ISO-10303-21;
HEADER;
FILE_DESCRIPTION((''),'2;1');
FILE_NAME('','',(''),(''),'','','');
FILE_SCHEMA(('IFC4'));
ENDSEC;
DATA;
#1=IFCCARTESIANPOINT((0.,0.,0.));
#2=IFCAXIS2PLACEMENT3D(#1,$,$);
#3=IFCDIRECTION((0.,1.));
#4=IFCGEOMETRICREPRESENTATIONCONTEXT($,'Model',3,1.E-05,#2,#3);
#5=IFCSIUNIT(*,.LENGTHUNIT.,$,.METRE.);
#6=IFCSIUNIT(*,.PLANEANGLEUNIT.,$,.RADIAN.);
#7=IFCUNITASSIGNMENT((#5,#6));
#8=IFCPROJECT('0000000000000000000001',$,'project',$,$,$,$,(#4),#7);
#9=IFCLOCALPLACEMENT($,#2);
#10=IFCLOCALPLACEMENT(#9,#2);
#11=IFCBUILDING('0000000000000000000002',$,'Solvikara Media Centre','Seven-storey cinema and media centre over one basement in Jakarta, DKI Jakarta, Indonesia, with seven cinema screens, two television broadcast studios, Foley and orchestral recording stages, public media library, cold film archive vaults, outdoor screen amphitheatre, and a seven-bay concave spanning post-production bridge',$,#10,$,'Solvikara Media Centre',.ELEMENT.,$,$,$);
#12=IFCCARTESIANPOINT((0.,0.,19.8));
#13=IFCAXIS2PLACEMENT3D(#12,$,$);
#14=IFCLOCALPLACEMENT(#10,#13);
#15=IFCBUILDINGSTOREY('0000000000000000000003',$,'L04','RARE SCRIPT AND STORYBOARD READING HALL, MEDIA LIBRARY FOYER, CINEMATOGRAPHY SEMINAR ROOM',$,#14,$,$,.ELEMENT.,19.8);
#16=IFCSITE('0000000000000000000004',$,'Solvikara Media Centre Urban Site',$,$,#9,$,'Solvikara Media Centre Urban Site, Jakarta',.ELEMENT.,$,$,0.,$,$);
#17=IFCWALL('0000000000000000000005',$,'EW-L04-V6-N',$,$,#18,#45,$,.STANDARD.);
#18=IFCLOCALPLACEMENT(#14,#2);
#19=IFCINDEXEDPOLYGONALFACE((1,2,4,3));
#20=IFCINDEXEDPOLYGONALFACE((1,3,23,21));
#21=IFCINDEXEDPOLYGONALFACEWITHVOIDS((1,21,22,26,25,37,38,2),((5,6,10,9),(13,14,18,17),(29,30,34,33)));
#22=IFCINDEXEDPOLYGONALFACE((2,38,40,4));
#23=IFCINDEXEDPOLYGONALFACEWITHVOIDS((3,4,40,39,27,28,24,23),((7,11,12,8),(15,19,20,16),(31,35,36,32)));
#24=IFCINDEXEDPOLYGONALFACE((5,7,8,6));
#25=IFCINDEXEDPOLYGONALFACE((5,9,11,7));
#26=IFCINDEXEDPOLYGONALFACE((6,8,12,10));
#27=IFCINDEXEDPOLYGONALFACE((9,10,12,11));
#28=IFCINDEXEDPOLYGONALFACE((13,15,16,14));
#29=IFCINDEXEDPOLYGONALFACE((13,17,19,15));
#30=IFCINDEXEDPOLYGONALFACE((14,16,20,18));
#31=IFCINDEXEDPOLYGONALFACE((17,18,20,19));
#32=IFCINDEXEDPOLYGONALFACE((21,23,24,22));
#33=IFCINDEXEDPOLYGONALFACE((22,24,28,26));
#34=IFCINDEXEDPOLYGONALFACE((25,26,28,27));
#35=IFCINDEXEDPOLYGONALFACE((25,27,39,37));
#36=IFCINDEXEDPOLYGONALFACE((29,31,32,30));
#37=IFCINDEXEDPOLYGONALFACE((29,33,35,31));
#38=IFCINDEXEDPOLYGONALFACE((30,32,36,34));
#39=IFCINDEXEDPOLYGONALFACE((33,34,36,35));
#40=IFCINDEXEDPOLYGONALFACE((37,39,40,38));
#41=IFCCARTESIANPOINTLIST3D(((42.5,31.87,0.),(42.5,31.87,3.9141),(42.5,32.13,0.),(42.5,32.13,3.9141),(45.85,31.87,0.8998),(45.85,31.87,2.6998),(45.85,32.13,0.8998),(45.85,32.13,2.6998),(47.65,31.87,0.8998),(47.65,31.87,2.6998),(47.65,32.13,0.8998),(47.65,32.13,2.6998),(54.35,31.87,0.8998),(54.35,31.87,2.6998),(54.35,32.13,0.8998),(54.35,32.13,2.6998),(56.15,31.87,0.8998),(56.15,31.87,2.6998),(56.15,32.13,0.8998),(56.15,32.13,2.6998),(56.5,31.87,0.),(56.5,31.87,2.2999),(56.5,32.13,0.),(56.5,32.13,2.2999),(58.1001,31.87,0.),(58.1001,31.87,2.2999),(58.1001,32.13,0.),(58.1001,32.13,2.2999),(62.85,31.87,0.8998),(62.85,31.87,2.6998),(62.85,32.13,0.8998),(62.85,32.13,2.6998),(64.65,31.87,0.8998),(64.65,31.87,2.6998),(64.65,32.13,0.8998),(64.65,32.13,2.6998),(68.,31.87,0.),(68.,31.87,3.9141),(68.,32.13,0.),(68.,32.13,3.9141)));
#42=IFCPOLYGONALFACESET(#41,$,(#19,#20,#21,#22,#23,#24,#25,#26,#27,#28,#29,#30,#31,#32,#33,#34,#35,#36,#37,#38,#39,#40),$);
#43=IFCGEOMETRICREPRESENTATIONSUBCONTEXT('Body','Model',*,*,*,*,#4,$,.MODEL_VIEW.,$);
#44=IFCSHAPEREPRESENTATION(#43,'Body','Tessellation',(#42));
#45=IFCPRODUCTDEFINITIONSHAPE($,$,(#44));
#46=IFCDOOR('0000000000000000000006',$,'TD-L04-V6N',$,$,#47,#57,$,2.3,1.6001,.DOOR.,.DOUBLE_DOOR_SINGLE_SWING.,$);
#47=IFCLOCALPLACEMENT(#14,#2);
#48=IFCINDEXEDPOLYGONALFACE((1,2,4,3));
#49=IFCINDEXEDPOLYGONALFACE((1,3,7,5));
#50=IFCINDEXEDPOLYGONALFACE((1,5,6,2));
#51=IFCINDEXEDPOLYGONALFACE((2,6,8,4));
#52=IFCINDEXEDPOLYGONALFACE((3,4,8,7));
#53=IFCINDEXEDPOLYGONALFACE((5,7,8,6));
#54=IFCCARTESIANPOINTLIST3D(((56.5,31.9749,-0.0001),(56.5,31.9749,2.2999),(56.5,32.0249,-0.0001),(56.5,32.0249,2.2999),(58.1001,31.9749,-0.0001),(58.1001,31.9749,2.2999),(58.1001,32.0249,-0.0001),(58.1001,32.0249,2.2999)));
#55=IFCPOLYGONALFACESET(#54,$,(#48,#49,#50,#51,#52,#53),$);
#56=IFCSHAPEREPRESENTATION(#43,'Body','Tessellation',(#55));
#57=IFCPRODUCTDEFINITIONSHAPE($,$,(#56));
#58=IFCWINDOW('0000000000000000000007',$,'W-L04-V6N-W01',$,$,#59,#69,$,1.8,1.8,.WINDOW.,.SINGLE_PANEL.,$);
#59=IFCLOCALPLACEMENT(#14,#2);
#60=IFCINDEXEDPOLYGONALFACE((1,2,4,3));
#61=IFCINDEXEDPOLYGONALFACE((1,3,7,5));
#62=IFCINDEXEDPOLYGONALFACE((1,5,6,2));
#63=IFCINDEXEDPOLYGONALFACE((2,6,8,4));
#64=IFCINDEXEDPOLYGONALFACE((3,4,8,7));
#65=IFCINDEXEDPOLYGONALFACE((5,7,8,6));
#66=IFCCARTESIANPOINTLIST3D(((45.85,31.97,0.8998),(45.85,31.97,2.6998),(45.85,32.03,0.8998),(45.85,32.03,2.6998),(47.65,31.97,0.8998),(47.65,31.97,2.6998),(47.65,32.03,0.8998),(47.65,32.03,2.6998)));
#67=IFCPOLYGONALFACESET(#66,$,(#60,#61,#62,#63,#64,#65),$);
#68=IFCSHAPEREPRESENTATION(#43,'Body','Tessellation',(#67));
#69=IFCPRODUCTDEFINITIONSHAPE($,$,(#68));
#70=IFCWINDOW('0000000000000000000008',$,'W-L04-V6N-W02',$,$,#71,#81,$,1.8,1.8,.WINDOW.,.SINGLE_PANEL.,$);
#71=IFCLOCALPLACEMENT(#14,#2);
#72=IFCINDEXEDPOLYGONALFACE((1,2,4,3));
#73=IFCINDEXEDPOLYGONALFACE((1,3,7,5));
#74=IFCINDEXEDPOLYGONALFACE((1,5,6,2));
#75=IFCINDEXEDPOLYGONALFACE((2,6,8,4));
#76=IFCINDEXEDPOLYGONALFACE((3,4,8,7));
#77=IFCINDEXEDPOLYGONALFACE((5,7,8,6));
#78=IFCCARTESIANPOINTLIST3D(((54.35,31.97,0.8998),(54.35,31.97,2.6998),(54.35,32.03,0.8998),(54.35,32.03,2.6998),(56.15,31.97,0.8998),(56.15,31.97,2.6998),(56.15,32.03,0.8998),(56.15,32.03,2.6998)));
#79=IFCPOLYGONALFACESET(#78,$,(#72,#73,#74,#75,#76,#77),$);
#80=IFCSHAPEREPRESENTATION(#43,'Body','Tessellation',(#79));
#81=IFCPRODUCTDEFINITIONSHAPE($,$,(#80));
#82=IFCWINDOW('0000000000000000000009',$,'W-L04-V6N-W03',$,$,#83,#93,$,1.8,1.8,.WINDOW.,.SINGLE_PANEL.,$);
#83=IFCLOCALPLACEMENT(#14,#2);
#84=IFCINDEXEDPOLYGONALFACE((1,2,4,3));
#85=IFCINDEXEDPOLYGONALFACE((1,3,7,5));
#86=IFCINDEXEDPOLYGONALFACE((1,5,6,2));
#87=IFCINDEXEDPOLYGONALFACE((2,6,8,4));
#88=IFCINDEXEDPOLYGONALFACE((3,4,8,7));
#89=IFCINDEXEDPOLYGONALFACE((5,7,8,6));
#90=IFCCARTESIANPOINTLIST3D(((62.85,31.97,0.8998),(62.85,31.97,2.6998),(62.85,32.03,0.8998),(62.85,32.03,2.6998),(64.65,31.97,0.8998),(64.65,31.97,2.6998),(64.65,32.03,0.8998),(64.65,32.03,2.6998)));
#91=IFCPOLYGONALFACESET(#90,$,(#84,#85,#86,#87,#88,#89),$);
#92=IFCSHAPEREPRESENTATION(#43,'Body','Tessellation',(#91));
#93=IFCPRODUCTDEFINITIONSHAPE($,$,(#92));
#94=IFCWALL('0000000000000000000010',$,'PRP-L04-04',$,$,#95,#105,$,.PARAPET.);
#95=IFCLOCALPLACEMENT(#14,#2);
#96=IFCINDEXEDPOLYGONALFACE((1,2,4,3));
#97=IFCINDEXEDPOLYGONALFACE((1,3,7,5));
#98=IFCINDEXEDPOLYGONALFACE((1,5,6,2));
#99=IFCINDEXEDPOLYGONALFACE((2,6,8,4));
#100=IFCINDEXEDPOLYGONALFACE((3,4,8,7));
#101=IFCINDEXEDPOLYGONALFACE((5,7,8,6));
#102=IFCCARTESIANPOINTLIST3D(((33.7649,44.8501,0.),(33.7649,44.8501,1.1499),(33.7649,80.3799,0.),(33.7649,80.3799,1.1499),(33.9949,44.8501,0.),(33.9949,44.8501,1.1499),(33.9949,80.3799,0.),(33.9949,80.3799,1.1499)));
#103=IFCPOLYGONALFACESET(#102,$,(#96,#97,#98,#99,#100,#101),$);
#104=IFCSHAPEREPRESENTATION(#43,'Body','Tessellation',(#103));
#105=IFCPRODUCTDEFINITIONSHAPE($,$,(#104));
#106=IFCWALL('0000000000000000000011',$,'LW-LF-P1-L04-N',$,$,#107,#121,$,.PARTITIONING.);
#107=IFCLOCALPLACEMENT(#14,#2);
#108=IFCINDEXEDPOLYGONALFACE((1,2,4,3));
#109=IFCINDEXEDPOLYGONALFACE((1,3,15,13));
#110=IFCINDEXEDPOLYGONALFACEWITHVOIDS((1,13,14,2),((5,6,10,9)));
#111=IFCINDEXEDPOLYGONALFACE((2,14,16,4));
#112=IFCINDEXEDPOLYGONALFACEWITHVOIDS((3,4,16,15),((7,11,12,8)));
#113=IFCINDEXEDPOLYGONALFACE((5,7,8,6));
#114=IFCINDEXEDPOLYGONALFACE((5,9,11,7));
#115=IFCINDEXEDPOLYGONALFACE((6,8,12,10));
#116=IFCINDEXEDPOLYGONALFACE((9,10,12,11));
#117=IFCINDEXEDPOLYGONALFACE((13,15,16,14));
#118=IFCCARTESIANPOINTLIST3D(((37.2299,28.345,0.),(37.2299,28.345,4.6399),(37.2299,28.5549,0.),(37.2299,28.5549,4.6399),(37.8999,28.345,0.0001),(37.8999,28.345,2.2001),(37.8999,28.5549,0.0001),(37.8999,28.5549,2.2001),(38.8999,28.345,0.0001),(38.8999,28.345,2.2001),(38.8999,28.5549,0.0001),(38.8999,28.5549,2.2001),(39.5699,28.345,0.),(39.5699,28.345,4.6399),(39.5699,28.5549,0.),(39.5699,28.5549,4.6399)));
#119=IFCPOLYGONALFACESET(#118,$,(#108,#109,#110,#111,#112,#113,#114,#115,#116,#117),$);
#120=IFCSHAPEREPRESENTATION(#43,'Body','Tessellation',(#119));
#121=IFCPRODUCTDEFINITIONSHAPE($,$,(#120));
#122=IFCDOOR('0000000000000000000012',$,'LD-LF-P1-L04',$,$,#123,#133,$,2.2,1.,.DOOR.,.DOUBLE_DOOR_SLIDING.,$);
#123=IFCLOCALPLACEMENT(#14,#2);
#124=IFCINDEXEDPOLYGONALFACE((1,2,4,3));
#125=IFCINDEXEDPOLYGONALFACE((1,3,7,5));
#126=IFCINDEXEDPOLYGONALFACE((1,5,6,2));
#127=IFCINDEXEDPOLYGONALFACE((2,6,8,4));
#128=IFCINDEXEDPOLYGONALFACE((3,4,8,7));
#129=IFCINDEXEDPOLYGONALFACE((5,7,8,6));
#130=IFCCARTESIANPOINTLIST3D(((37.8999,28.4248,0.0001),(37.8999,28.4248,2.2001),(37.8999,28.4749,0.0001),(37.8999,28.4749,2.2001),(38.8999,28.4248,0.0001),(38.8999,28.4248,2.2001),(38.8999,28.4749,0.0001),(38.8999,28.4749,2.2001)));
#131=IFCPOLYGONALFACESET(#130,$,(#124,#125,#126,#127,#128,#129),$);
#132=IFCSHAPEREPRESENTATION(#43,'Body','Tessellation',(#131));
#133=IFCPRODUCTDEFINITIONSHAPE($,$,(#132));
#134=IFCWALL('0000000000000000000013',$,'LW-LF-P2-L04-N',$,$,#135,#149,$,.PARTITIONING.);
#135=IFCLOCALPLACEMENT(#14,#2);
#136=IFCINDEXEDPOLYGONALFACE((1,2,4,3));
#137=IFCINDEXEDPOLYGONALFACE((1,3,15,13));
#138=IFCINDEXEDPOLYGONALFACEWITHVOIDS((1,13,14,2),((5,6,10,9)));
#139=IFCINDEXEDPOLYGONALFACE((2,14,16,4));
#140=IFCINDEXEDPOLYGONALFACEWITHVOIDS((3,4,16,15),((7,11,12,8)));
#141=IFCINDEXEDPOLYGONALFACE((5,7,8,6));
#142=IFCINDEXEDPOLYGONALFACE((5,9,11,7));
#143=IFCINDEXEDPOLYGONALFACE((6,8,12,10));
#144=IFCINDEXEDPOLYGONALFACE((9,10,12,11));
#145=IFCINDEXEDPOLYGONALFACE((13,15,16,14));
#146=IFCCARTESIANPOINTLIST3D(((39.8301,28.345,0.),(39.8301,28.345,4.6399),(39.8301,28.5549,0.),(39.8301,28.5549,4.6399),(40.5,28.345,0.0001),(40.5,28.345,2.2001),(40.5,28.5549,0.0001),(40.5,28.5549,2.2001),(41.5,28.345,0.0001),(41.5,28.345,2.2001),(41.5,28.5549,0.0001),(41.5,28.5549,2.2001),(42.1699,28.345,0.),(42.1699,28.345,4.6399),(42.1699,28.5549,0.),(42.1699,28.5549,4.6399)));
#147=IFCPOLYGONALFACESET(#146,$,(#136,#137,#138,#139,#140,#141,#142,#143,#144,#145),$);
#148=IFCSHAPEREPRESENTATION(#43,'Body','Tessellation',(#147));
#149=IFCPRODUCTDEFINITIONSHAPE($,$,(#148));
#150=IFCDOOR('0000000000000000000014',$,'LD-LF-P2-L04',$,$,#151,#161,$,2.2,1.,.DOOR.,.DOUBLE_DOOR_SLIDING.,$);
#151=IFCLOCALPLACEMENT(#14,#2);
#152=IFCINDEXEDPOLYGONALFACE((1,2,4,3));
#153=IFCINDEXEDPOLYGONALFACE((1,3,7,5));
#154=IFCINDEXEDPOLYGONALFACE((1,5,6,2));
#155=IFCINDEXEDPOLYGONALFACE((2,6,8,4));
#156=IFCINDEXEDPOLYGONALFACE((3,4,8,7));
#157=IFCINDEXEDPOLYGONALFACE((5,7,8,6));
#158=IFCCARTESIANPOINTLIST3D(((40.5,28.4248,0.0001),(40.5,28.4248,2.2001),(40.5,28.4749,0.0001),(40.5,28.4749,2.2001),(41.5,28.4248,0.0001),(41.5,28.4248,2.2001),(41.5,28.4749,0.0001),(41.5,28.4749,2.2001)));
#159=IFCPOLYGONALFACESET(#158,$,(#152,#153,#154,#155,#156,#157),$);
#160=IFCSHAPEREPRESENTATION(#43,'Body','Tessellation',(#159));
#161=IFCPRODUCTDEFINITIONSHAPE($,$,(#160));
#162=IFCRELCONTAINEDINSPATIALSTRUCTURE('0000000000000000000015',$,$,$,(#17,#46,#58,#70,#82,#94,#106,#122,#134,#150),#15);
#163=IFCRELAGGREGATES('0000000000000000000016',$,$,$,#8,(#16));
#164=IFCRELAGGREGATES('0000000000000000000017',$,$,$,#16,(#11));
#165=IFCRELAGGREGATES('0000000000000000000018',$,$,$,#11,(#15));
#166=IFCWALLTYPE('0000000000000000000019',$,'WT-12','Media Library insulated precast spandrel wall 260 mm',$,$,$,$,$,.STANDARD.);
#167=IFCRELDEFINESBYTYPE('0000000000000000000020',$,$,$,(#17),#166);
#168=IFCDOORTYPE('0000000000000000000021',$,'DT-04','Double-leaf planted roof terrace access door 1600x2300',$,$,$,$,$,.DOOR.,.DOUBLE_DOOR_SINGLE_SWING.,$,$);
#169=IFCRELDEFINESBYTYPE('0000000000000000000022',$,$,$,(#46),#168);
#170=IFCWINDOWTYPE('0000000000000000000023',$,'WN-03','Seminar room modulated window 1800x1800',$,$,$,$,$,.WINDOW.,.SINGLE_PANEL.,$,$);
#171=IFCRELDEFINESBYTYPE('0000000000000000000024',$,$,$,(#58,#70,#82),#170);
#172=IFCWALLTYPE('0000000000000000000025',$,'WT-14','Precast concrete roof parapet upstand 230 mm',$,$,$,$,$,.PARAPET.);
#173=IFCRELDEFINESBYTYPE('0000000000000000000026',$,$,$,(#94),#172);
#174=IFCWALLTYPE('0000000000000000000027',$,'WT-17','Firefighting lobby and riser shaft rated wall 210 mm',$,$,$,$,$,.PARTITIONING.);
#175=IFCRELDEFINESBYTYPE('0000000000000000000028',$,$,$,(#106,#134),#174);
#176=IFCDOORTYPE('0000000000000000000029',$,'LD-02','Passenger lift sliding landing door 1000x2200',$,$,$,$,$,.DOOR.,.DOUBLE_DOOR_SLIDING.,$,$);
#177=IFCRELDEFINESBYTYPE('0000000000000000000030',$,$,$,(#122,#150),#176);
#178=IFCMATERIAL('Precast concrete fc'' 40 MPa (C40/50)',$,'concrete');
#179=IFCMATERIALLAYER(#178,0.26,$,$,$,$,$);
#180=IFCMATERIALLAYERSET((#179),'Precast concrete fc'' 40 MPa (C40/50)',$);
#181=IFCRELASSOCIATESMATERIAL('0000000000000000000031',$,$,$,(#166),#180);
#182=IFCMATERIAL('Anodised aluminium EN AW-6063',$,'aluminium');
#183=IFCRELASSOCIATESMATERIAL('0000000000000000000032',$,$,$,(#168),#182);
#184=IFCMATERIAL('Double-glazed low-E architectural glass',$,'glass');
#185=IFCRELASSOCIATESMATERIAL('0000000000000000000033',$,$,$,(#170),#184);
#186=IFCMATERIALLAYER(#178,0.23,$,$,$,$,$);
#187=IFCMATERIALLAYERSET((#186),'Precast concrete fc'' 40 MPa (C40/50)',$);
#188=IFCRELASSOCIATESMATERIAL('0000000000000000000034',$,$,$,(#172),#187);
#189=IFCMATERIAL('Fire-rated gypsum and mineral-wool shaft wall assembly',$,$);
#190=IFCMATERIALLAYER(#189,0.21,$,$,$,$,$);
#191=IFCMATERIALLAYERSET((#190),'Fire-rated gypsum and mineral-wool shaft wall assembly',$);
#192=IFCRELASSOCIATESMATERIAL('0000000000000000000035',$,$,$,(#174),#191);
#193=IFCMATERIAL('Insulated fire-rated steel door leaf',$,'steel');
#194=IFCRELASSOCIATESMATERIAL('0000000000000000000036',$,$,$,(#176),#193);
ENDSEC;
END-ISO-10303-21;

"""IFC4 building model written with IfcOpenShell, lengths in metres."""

from ifc_helpers import new_model, si_unit, direction, frame, frame_2d, origin, place, context, subcontext, project, spatial, rectangle, extrude, material, layer, layer_set, type_object, element, fill, save


model = new_model("IFC4")

# Units and contexts
model_context = context("Model", 3, precision=1e-05, world=origin(), true_north=direction((0.0, 1.0)))
body_context = subcontext(model_context, "Body", "Model", "MODEL_VIEW")
ifc_project = project(units=[si_unit("LENGTHUNIT", "METRE"), si_unit("PLANEANGLEUNIT", "RADIAN")], contexts=[model_context])

# Site, building, storey
site_placement = place(None, origin())
site = spatial("IfcSite", under=ifc_project, at=site_placement, Name="Solvikara Media Centre Urban Site", LongName="Solvikara Media Centre Urban Site, Jakarta", CompositionType="ELEMENT", RefElevation=0.0)
building_placement = place(site_placement, origin())
building = spatial("IfcBuilding", under=site, at=building_placement, Name="Solvikara Media Centre", Description="Seven-storey cinema and media centre over one basement in Jakarta, DKI Jakarta, Indonesia, with seven cinema screens, two television broadcast studios, Foley and orchestral recording stages, public media library, cold film archive vaults, outdoor screen amphitheatre, and a seven-bay concave spanning post-production bridge", LongName="Solvikara Media Centre", CompositionType="ELEMENT")
storey_placement = place(building_placement, frame((0.0, 0.0, 19.8)))
storey = spatial("IfcBuildingStorey", under=building, at=storey_placement, Name="L04", Description="RARE SCRIPT AND STORYBOARD READING HALL, MEDIA LIBRARY FOYER, CINEMATOGRAPHY SEMINAR ROOM", CompositionType="ELEMENT", Elevation=19.8)

# Shared definitions
ifc_material_1 = material(Name="Insulated fire-rated steel door leaf", Category="steel")

# Wall, openings, door, windows
ifc_material_2 = material(Name="Precast concrete fc' 40 MPa (C40/50)", Category="concrete")
ifc_layer_1 = layer(ifc_material_2, 0.26)
ifc_layer_set_1 = layer_set([ifc_layer_1], Name="Precast concrete fc' 40 MPa (C40/50)")
wall_type_1 = type_object("IfcWallType", Name="WT-12", Description="Media Library insulated precast spandrel wall 260 mm", PredefinedType="STANDARD", material=ifc_layer_set_1)
wall_1_placement = place(storey_placement, frame((42.5, 32.0, 0.0), z_axis=(0.0, 0.0, 1.0), x_axis=(1.0, 0.0, 0.0)))
wall_1 = element("IfcWall", 1, at=wall_1_placement, inside=storey, type_object=wall_type_1, Name="EW-L04-V6-N", PredefinedType="STANDARD", context=body_context, shape_type="SweptSolid", body=[
    extrude(rectangle(XDim=25.5, YDim=0.26, at=frame_2d((12.75, 0.0))), origin(), (0.0, 0.0, 1.0), 3.9141),
])
opening_1_placement = place(wall_1_placement, frame((14.0, 0.0, 0.0)))
opening_1 = element("IfcOpeningElement", 2, at=opening_1_placement, cuts=wall_1, PredefinedType="OPENING", context=body_context, shape_type="SweptSolid", body=[
    extrude(rectangle(XDim=1.6001, YDim=2.3, at=frame_2d((0.8, 1.1499))), frame((0.0, 0.1421, 0.0), z_axis=(0.0, -1.0, 0.0), x_axis=(1.0, 0.0, 0.0)), (0.0, 0.0, 1.0), 0.2839),
])
opening_2_placement = place(wall_1_placement, frame((3.3501, 0.0, 0.8999)))
opening_2 = element("IfcOpeningElement", 3, at=opening_2_placement, cuts=wall_1, PredefinedType="OPENING", context=body_context, shape_type="SweptSolid", body=[
    extrude(rectangle(XDim=1.8, YDim=1.8, at=frame_2d((0.8999, 0.8999))), frame((0.0, 0.1421, 0.0), z_axis=(0.0, -1.0, 0.0), x_axis=(1.0, 0.0, 0.0)), (0.0, 0.0, 1.0), 0.2839),
])
opening_3_placement = place(wall_1_placement, frame((11.8501, 0.0, 0.8999)))
opening_3 = element("IfcOpeningElement", 4, at=opening_3_placement, cuts=wall_1, PredefinedType="OPENING", context=body_context, shape_type="SweptSolid", body=[
    extrude(rectangle(XDim=1.8, YDim=1.8, at=frame_2d((0.8999, 0.8999))), frame((0.0, 0.1421, 0.0), z_axis=(0.0, -1.0, 0.0), x_axis=(1.0, 0.0, 0.0)), (0.0, 0.0, 1.0), 0.2839),
])
opening_4_placement = place(wall_1_placement, frame((20.3501, 0.0, 0.8999)))
opening_4 = element("IfcOpeningElement", 5, at=opening_4_placement, cuts=wall_1, PredefinedType="OPENING", context=body_context, shape_type="SweptSolid", body=[
    extrude(rectangle(XDim=1.8, YDim=1.8, at=frame_2d((0.8999, 0.8999))), frame((0.0, 0.1421, 0.0), z_axis=(0.0, -1.0, 0.0), x_axis=(1.0, 0.0, 0.0)), (0.0, 0.0, 1.0), 0.2839),
])
ifc_material_3 = material(Name="Anodised aluminium EN AW-6063", Category="aluminium")
door_type_1 = type_object("IfcDoorType", Name="DT-04", Description="Double-leaf planted roof terrace access door 1600x2300", OperationType="DOUBLE_DOOR_SINGLE_SWING", PredefinedType="DOOR", material=ifc_material_3)
door_1_placement = place(opening_1_placement, origin())
door_1 = element("IfcDoor", 6, at=door_1_placement, inside=storey, type_object=door_type_1, Name="TD-L04-V6N", OperationType="DOUBLE_DOOR_SINGLE_SWING", OverallHeight=2.3, OverallWidth=1.6001, PredefinedType="DOOR", context=body_context, shape_type="SweptSolid", body=[
    extrude(rectangle(XDim=1.6001, YDim=2.3, at=frame_2d((0.8, 1.1499))), frame((0.0, 0.0249, 0.0), z_axis=(0.0, -1.0, 0.0), x_axis=(1.0, 0.0, 0.0)), (0.0, 0.0, 1.0), 0.05),
])
fill(opening_1, door_1)
ifc_material_4 = material(Name="Double-glazed low-E architectural glass", Category="glass")
window_type = type_object("IfcWindowType", Name="WN-03", Description="Seminar room modulated window 1800x1800", PartitioningType="SINGLE_PANEL", PredefinedType="WINDOW", material=ifc_material_4)
window_1_placement = place(opening_2_placement, origin())
window_1 = element("IfcWindow", 7, at=window_1_placement, inside=storey, type_object=window_type, Name="W-L04-V6N-W01", OverallHeight=1.8, OverallWidth=1.8, PartitioningType="SINGLE_PANEL", PredefinedType="WINDOW", context=body_context, shape_type="SweptSolid", body=[
    extrude(rectangle(XDim=1.8, YDim=1.8, at=frame_2d((0.8999, 0.8999))), frame((0.0, 0.03, 0.0), z_axis=(0.0, -1.0, 0.0), x_axis=(1.0, 0.0, 0.0)), (0.0, 0.0, 1.0), 0.0601),
])
fill(opening_2, window_1)
window_2_placement = place(opening_3_placement, origin())
window_2 = element("IfcWindow", 8, at=window_2_placement, inside=storey, type_object=window_type, Name="W-L04-V6N-W02", OverallHeight=1.8, OverallWidth=1.8, PartitioningType="SINGLE_PANEL", PredefinedType="WINDOW", context=body_context, shape_type="SweptSolid", body=[
    extrude(rectangle(XDim=1.8, YDim=1.8, at=frame_2d((0.8999, 0.8999))), frame((0.0, 0.03, 0.0), z_axis=(0.0, -1.0, 0.0), x_axis=(1.0, 0.0, 0.0)), (0.0, 0.0, 1.0), 0.0601),
])
fill(opening_3, window_2)
window_3_placement = place(opening_4_placement, origin())
window_3 = element("IfcWindow", 9, at=window_3_placement, inside=storey, type_object=window_type, Name="W-L04-V6N-W03", OverallHeight=1.8, OverallWidth=1.8, PartitioningType="SINGLE_PANEL", PredefinedType="WINDOW", context=body_context, shape_type="SweptSolid", body=[
    extrude(rectangle(XDim=1.8, YDim=1.8, at=frame_2d((0.8999, 0.8999))), frame((0.0, 0.03, 0.0), z_axis=(0.0, -1.0, 0.0), x_axis=(1.0, 0.0, 0.0)), (0.0, 0.0, 1.0), 0.0601),
])
fill(opening_4, window_3)

# Wall
ifc_layer_2 = layer(ifc_material_2, 0.23)
ifc_layer_set_2 = layer_set([ifc_layer_2], Name="Precast concrete fc' 40 MPa (C40/50)")
wall_type_2 = type_object("IfcWallType", Name="WT-14", Description="Precast concrete roof parapet upstand 230 mm", PredefinedType="PARAPET", material=ifc_layer_set_2)
wall_2_placement = place(storey_placement, frame((33.8799, 44.8501, 0.0), z_axis=(0.0, 0.0, 1.0), x_axis=(0.0, 1.0, 0.0)))
element("IfcWall", 10, at=wall_2_placement, inside=storey, type_object=wall_type_2, Name="PRP-L04-04", PredefinedType="PARAPET", context=body_context, shape_type="SweptSolid", body=[
    extrude(rectangle(XDim=35.5298, YDim=0.23, at=frame_2d((17.7649, 0.0))), origin(), (0.0, 0.0, 1.0), 1.1499),
])

# Walls, openings, doors
ifc_material_5 = material(Name="Fire-rated gypsum and mineral-wool shaft wall assembly")
ifc_layer_3 = layer(ifc_material_5, 0.21)
ifc_layer_set_3 = layer_set([ifc_layer_3], Name="Fire-rated gypsum and mineral-wool shaft wall assembly")
wall_type_3 = type_object("IfcWallType", Name="WT-17", Description="Firefighting lobby and riser shaft rated wall 210 mm", PredefinedType="PARTITIONING", material=ifc_layer_set_3)
wall_3_placement = place(storey_placement, frame((37.23, 28.45, 0.0), z_axis=(0.0, 0.0, 1.0), x_axis=(1.0, 0.0, 0.0)))
wall_3 = element("IfcWall", 11, at=wall_3_placement, inside=storey, type_object=wall_type_3, Name="LW-LF-P1-L04-N", PredefinedType="PARTITIONING", context=body_context, shape_type="SweptSolid", body=[
    extrude(rectangle(XDim=2.3401, YDim=0.21, at=frame_2d((1.1699, 0.0))), origin(), (0.0, 0.0, 1.0), 4.6399),
])
opening_5_placement = place(wall_3_placement, frame((0.6699, 0.0, 0.0)))
opening_5 = element("IfcOpeningElement", 12, at=opening_5_placement, cuts=wall_3, PredefinedType="OPENING", context=body_context, shape_type="SweptSolid", body=[
    extrude(rectangle(XDim=1.0, YDim=2.2, at=frame_2d((0.5, 1.1001))), frame((0.0, 0.1169, 0.0), z_axis=(0.0, -1.0, 0.0), x_axis=(1.0, 0.0, 0.0)), (0.0, 0.0, 1.0), 0.2339),
])
door_type_2 = type_object("IfcDoorType", Name="LD-02", Description="Passenger lift sliding landing door 1000x2200", OperationType="DOUBLE_DOOR_SLIDING", PredefinedType="DOOR", material=ifc_material_1)
door_2_placement = place(opening_5_placement, origin())
door_2 = element("IfcDoor", 13, at=door_2_placement, inside=storey, type_object=door_type_2, Name="LD-LF-P1-L04", OperationType="DOUBLE_DOOR_SLIDING", OverallHeight=2.2, OverallWidth=1.0, PredefinedType="DOOR", context=body_context, shape_type="SweptSolid", body=[
    extrude(rectangle(XDim=1.0, YDim=2.2, at=frame_2d((0.5, 1.1001))), frame((0.0, 0.0249, 0.0), z_axis=(0.0, -1.0, 0.0), x_axis=(1.0, 0.0, 0.0)), (0.0, 0.0, 1.0), 0.05),
])
fill(opening_5, door_2)
wall_4_placement = place(storey_placement, frame((39.8301, 28.45, 0.0), z_axis=(0.0, 0.0, 1.0), x_axis=(1.0, 0.0, 0.0)))
wall_4 = element("IfcWall", 14, at=wall_4_placement, inside=storey, type_object=wall_type_3, Name="LW-LF-P2-L04-N", PredefinedType="PARTITIONING", context=body_context, shape_type="SweptSolid", body=[
    extrude(rectangle(XDim=2.3398, YDim=0.21, at=frame_2d((1.1699, 0.0))), origin(), (0.0, 0.0, 1.0), 4.6399),
])
opening_6_placement = place(wall_4_placement, frame((0.6699, 0.0, 0.0)))
opening_6 = element("IfcOpeningElement", 15, at=opening_6_placement, cuts=wall_4, PredefinedType="OPENING", context=body_context, shape_type="SweptSolid", body=[
    extrude(rectangle(XDim=1.0, YDim=2.2, at=frame_2d((0.5, 1.1001))), frame((0.0, 0.1169, 0.0), z_axis=(0.0, -1.0, 0.0), x_axis=(1.0, 0.0, 0.0)), (0.0, 0.0, 1.0), 0.2339),
])
door_3_placement = place(opening_6_placement, origin())
door_3 = element("IfcDoor", 16, at=door_3_placement, inside=storey, type_object=door_type_2, Name="LD-LF-P2-L04", OperationType="DOUBLE_DOOR_SLIDING", OverallHeight=2.2, OverallWidth=1.0, PredefinedType="DOOR", context=body_context, shape_type="SweptSolid", body=[
    extrude(rectangle(XDim=1.0, YDim=2.2, at=frame_2d((0.5, 1.1001))), frame((0.0, 0.0249, 0.0), z_axis=(0.0, -1.0, 0.0), x_axis=(1.0, 0.0, 0.0)), (0.0, 0.0, 1.0), 0.05),
])
fill(opening_6, door_3)

save(model, "model.ifc")
